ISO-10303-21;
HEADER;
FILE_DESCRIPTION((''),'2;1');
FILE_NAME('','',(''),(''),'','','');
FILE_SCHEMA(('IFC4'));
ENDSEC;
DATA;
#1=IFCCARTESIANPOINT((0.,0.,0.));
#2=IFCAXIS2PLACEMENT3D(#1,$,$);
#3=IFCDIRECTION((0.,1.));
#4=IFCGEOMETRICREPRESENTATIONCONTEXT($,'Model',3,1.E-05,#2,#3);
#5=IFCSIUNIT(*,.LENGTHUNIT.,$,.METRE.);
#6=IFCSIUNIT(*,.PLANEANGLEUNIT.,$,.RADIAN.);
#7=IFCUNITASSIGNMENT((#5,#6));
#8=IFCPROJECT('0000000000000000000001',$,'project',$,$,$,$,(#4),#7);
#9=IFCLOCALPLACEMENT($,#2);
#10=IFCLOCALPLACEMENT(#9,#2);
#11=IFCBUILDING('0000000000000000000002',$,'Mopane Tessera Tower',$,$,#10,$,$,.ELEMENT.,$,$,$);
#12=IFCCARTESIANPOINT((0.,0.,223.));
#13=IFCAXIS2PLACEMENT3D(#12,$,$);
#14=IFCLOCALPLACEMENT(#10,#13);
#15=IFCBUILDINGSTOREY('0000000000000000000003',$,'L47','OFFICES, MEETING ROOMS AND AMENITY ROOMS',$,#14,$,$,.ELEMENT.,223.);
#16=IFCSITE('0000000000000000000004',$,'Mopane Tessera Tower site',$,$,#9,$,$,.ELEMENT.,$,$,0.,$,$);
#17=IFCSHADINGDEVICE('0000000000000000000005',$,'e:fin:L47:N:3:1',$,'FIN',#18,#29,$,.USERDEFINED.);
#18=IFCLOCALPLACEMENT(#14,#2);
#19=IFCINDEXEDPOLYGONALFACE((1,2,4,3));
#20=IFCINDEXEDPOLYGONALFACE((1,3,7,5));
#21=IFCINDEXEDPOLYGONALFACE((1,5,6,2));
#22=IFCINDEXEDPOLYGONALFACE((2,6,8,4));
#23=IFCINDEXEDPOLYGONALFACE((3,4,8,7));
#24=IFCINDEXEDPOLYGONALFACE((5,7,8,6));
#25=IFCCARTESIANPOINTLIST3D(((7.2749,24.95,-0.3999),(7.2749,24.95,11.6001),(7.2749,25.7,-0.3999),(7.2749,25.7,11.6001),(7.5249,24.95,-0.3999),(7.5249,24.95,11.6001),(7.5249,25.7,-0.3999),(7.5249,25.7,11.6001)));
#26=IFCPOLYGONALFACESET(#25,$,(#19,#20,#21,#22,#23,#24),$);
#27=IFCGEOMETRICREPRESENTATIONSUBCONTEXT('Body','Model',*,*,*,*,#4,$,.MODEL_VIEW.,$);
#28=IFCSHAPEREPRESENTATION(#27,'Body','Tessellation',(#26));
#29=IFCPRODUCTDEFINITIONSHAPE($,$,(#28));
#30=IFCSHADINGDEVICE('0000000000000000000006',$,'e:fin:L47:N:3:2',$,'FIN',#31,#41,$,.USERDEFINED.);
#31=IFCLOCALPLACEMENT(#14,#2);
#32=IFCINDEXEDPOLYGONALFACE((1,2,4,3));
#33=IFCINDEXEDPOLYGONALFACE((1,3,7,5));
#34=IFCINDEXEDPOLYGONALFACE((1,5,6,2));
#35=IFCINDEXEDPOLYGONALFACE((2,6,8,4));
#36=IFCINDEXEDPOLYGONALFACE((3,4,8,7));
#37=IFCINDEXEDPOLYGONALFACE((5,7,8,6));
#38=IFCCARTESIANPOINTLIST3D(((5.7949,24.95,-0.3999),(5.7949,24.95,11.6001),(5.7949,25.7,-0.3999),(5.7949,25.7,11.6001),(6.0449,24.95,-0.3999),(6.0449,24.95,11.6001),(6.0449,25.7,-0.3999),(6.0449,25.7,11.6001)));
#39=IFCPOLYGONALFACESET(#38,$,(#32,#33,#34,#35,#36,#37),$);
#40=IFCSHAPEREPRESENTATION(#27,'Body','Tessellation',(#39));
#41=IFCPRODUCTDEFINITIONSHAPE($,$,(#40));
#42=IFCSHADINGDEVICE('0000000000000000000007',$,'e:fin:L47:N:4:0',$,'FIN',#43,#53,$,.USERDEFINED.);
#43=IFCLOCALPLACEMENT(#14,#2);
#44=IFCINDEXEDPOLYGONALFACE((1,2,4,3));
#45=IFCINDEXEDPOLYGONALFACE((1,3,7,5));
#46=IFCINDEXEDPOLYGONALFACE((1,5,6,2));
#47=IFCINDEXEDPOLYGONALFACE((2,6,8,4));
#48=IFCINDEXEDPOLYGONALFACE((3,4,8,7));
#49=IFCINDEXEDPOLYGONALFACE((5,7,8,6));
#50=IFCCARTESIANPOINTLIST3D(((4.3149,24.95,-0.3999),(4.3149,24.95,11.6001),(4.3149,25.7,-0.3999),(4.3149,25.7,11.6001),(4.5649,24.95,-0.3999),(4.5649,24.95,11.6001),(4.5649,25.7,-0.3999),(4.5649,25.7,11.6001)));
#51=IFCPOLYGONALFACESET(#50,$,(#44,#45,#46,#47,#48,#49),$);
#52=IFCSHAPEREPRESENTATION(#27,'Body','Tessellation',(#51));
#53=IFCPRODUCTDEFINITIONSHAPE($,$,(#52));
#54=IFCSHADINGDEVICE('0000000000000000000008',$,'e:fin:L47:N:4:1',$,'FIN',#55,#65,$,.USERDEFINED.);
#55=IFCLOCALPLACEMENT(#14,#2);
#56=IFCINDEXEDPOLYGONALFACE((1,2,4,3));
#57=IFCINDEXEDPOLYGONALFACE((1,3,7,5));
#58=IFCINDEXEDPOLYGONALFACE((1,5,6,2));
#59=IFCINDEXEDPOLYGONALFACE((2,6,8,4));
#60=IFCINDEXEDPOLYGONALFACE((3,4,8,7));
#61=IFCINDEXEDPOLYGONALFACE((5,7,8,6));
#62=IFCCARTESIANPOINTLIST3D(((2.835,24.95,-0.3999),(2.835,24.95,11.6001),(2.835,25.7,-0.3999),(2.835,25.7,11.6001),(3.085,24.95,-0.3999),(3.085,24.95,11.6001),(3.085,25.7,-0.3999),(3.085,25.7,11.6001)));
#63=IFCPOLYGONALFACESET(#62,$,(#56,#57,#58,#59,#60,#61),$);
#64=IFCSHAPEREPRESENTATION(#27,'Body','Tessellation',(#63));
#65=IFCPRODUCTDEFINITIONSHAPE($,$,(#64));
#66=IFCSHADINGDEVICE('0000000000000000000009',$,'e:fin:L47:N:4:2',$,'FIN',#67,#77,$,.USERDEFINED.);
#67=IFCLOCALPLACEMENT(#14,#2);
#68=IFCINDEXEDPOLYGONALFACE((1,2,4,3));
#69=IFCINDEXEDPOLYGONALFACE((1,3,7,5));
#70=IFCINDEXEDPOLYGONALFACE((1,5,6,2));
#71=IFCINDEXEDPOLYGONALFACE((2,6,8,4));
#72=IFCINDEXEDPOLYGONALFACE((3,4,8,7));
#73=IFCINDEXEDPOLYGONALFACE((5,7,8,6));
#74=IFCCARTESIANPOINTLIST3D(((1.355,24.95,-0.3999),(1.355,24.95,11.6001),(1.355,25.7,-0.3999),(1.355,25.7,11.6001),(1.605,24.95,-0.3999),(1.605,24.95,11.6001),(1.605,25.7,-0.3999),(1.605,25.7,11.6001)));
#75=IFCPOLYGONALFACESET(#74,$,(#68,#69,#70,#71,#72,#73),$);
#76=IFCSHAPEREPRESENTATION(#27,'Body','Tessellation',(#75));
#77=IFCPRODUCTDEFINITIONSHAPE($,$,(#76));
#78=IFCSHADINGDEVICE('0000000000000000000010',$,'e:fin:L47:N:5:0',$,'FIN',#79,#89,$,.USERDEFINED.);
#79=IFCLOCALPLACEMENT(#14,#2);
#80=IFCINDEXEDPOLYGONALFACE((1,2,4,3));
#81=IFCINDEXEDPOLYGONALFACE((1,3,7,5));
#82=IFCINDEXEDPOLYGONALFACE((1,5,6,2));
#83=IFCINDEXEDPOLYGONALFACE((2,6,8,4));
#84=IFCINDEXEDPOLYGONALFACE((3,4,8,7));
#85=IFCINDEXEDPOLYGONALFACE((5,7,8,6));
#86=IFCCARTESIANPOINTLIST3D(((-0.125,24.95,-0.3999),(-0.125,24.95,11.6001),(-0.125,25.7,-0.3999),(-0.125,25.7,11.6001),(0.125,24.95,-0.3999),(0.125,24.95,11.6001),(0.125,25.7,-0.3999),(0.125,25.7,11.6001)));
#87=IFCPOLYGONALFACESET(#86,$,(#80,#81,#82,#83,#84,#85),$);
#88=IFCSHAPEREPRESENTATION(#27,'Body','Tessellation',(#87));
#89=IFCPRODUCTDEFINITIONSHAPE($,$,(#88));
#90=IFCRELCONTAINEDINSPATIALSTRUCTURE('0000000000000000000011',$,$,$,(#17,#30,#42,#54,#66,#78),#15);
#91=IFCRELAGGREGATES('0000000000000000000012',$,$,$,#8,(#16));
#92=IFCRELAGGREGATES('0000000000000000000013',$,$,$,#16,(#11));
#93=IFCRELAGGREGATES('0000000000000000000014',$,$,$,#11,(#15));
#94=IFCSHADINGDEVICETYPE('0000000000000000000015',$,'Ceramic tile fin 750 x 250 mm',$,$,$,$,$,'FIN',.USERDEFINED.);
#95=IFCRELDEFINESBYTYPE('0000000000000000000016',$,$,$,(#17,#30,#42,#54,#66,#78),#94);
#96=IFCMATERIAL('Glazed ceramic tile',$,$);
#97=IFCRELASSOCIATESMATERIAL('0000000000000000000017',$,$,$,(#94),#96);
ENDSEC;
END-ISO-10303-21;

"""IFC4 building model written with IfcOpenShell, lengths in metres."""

from ifc_helpers import new_model, si_unit, direction, frame, origin, origin_2d, place, context, subcontext, project, spatial, rectangle, extrude, material, type_object, element, save


model = new_model("IFC4")

# Units and contexts
model_context = context("Model", 3, precision=1e-05, world=origin(), true_north=direction((0.0, 1.0)))
body_context = subcontext(model_context, "Body", "Model", "MODEL_VIEW")
ifc_project = project(units=[si_unit("LENGTHUNIT", "METRE"), si_unit("PLANEANGLEUNIT", "RADIAN")], contexts=[model_context])

# Site, building, storey
site_placement = place(None, origin())
site = spatial("IfcSite", under=ifc_project, at=site_placement, Name="Mopane Tessera Tower site", CompositionType="ELEMENT", RefElevation=0.0)
building_placement = place(site_placement, origin())
building = spatial("IfcBuilding", under=site, at=building_placement, Name="Mopane Tessera Tower", CompositionType="ELEMENT")
storey_placement = place(building_placement, frame((0.0, 0.0, 223.0)))
storey = spatial("IfcBuildingStorey", under=building, at=storey_placement, Name="L47", Description="OFFICES, MEETING ROOMS AND AMENITY ROOMS", CompositionType="ELEMENT", Elevation=223.0)

# Shading devices
ifc_material_1 = material(Name="Glazed ceramic tile")
shading_device_type = type_object("IfcShadingDeviceType", Name="Ceramic tile fin 750 x 250 mm", ElementType="FIN", PredefinedType="USERDEFINED", material=ifc_material_1)
for number, where, z_axis, x_axis, name in (
    (1, (7.3999, 25.325, -0.3999), (0.0, 0.0, 1.0), (-1.0, 0.0, 0.0), "e:fin:L47:N:3:1"),
    (2, (5.9199, 25.325, -0.3999), (0.0, 0.0, 1.0), (-1.0, 0.0, 0.0), "e:fin:L47:N:3:2"),
    (3, (4.4399, 25.325, -0.3999), (0.0, 0.0, 1.0), (-1.0, 0.0, 0.0), "e:fin:L47:N:4:0"),
    (4, (2.96, 25.325, -0.3999), (0.0, 0.0, 1.0), (-1.0, 0.0, 0.0), "e:fin:L47:N:4:1"),
    (5, (1.48, 25.325, -0.3999), (0.0, 0.0, 1.0), (-1.0, 0.0, 0.0), "e:fin:L47:N:4:2"),
    (6, (0.0, 25.325, -0.3999), (0.0, 0.0, 1.0), (-1.0, 0.0, 0.0), "e:fin:L47:N:5:0"),
):
    element("IfcShadingDevice", number, at=place(storey_placement, frame(where, z_axis=z_axis, x_axis=x_axis)), inside=storey, type_object=shading_device_type, Name=name, ObjectType="FIN", PredefinedType="USERDEFINED", context=body_context, shape_type="SweptSolid", body=[
        extrude(rectangle(XDim=0.25, YDim=0.75, at=origin_2d()), origin(), (0.0, 0.0, 1.0), 12.0),
    ])

save(model, "model.ifc")
